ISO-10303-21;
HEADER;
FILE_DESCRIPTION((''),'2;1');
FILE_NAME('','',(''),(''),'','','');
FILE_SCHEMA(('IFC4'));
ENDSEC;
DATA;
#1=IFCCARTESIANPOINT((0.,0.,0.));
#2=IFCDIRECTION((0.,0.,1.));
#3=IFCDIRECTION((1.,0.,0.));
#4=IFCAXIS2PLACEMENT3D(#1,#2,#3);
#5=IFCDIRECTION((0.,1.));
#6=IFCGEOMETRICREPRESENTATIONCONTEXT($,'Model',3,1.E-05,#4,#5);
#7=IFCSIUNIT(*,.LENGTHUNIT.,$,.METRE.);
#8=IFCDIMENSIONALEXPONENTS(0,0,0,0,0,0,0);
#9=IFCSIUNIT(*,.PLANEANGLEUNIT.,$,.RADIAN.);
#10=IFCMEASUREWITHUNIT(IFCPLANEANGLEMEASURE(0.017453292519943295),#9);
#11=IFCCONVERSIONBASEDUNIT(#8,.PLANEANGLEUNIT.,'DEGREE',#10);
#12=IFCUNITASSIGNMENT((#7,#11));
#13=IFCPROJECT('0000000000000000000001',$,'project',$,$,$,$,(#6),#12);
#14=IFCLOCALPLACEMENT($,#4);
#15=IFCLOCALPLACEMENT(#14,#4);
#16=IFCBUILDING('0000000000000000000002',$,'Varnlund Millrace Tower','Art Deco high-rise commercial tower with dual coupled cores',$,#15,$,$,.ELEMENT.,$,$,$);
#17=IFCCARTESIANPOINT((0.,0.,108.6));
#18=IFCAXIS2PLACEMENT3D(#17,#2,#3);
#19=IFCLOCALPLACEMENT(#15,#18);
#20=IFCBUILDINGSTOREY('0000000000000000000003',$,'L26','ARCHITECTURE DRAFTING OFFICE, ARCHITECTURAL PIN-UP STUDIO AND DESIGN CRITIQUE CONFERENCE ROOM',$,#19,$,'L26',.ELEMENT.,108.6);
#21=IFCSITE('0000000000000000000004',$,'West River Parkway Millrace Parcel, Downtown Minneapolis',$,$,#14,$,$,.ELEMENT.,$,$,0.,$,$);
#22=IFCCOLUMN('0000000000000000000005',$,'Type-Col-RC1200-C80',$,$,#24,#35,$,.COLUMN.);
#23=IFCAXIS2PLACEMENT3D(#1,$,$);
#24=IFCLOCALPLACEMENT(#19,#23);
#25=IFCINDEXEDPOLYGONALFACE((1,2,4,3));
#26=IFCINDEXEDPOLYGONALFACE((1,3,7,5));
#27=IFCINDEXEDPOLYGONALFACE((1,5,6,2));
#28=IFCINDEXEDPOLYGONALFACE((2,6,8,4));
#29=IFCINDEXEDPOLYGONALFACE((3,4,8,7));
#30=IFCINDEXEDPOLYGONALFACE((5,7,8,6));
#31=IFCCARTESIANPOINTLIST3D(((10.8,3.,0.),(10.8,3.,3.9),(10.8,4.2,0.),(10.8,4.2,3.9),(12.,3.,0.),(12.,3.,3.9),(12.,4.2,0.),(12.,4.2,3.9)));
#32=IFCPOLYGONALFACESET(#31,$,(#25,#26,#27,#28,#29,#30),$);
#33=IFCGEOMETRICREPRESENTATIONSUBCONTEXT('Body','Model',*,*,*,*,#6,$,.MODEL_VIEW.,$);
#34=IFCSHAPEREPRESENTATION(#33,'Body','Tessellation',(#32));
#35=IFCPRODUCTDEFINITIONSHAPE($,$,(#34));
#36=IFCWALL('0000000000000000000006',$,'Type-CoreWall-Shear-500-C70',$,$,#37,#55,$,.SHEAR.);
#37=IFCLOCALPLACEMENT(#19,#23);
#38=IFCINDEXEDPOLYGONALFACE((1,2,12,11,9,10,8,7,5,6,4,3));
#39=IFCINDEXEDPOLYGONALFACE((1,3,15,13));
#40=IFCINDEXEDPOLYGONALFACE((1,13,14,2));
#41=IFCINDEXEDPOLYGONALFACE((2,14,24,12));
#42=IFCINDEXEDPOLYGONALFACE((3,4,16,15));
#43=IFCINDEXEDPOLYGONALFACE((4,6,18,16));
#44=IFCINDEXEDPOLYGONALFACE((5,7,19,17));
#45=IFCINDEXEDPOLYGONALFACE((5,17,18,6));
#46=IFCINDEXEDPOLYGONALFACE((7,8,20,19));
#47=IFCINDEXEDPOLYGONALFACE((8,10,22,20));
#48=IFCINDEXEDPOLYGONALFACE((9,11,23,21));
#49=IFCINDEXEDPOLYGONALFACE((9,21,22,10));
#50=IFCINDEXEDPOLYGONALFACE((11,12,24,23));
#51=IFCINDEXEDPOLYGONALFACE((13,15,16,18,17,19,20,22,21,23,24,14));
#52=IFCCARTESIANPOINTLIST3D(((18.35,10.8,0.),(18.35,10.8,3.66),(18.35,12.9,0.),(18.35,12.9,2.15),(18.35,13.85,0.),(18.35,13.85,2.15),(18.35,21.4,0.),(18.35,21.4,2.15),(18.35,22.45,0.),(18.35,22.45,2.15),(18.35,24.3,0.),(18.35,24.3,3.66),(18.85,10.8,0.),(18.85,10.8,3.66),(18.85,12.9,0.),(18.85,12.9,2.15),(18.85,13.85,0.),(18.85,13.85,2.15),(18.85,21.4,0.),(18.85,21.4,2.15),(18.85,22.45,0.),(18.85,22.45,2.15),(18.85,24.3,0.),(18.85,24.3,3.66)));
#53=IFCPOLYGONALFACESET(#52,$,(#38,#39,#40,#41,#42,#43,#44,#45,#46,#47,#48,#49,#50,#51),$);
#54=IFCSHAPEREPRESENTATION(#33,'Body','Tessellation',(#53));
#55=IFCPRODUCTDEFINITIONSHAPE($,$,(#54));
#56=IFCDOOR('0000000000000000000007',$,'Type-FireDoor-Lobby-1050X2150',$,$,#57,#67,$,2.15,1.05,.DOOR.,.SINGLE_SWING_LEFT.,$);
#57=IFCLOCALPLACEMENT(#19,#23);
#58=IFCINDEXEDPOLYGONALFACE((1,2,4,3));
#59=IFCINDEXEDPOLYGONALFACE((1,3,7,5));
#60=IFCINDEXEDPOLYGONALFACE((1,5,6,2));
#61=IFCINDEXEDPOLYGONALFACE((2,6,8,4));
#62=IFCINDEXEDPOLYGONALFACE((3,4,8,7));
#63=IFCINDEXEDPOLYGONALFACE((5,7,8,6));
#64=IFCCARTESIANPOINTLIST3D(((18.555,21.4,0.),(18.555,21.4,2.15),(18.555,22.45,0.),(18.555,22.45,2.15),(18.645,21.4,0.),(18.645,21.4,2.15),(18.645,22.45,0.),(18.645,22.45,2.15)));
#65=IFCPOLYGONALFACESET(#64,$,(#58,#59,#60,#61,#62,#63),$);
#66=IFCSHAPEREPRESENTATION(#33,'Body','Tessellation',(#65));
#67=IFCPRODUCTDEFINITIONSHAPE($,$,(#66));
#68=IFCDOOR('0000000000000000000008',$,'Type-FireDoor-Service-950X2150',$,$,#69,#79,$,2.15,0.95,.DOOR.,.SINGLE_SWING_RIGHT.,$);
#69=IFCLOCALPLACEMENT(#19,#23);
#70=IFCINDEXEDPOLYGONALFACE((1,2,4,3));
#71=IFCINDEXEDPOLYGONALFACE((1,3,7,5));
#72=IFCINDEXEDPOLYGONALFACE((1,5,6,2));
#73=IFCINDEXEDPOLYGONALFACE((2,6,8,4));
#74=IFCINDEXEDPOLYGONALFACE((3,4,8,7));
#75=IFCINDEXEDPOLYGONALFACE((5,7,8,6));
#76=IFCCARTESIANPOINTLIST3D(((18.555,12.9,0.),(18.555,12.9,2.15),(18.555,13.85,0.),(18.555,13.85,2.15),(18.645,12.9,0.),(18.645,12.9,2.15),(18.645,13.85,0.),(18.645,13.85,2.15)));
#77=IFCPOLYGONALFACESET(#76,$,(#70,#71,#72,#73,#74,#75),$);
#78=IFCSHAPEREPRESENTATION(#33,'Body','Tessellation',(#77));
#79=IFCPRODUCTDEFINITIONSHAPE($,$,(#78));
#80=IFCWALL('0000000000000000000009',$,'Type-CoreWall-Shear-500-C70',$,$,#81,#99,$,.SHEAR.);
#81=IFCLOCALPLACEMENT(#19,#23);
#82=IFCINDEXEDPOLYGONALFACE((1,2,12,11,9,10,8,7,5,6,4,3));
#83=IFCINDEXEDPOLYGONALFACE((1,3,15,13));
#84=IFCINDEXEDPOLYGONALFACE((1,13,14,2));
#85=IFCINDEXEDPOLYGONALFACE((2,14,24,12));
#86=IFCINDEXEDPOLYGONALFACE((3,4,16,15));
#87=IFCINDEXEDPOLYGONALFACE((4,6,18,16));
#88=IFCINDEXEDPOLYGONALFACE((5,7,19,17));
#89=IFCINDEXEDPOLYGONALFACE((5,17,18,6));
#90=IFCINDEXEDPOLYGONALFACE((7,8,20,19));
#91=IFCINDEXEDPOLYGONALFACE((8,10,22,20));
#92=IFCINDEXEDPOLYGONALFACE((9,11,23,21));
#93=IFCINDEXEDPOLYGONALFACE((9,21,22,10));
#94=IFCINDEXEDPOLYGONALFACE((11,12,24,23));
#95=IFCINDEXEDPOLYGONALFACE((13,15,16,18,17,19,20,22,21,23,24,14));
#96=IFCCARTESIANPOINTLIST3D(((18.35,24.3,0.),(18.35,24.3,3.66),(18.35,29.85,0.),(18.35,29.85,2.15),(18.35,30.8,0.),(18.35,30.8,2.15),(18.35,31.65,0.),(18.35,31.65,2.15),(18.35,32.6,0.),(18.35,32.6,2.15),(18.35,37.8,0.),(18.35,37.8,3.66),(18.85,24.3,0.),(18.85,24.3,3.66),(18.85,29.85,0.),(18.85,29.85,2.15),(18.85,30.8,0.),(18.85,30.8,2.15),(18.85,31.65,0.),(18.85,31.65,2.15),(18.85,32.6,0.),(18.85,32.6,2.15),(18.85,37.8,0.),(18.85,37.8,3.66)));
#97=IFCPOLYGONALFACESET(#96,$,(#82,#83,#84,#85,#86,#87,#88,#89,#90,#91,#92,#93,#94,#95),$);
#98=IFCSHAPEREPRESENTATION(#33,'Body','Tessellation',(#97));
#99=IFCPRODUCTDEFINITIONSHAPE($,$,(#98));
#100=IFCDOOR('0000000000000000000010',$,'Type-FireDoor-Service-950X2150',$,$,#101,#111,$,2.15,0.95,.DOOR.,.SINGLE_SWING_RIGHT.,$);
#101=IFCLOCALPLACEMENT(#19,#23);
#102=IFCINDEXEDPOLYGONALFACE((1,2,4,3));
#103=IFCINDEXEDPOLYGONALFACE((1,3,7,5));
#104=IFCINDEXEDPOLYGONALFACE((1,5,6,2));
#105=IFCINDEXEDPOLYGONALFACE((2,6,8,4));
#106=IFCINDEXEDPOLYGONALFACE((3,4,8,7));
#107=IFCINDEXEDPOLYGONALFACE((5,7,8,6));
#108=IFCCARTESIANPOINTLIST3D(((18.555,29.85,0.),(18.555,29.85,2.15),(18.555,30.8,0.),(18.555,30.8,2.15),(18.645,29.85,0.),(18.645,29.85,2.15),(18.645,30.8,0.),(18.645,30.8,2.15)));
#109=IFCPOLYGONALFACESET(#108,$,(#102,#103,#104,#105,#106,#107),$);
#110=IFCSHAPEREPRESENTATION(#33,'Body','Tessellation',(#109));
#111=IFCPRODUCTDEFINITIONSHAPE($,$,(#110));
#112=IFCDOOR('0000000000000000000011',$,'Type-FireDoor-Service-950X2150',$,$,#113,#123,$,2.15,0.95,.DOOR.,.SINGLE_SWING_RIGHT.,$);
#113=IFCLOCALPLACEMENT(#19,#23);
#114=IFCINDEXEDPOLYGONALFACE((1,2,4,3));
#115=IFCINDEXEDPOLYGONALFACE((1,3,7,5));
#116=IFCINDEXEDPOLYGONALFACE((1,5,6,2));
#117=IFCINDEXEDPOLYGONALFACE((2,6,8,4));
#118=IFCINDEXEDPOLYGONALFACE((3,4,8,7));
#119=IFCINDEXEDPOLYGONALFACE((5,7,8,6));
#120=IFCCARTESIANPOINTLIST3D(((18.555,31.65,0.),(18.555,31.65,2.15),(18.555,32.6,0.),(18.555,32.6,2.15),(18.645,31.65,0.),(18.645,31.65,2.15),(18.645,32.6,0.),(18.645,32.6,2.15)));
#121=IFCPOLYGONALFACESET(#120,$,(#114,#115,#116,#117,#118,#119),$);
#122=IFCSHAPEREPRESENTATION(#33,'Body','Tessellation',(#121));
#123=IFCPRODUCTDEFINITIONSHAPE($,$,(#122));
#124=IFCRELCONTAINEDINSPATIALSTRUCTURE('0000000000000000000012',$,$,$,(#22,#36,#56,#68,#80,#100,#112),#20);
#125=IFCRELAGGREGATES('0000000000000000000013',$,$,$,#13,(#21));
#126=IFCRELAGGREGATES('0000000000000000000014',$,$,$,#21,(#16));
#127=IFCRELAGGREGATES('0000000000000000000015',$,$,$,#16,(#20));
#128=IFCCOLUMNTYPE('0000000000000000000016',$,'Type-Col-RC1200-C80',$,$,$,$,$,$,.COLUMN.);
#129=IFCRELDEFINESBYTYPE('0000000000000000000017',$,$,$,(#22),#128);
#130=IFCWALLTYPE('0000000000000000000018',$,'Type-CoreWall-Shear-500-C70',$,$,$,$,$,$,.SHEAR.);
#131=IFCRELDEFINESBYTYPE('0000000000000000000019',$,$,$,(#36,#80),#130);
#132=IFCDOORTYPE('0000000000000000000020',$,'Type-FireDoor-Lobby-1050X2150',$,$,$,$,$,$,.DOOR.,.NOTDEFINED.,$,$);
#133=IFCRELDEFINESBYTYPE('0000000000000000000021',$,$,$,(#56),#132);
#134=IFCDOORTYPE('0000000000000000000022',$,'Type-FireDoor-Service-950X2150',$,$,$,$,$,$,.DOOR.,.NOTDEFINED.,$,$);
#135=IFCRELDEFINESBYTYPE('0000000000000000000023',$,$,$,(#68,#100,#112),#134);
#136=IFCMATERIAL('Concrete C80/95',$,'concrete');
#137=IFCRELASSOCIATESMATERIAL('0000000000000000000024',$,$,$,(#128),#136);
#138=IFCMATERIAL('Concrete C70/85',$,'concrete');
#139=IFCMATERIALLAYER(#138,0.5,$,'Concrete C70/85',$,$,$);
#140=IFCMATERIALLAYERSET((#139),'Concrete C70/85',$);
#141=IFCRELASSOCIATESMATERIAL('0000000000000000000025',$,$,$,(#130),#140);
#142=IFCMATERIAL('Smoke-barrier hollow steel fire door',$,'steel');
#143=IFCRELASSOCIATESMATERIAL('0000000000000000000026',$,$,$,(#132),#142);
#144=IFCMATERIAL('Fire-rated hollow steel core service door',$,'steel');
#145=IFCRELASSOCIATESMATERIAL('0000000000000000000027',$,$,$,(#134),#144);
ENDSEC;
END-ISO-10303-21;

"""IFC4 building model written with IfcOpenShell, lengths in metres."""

from ifc_helpers import new_model, entity, si_unit, converted_unit, direction, frame, origin_with_axes, origin_2d_with_axis, place, context, subcontext, project, spatial, polyline, rectangle, outline, extrude, material, layer, layer_set, material_profile, profile_set, type_object, element, fill, save


model = new_model("IFC4")

# Units and contexts
model_context = context("Model", 3, precision=1e-05, world=origin_with_axes(), true_north=direction((0.0, 1.0)))
body_context = subcontext(model_context, "Body", "Model", "MODEL_VIEW")
ifc_project = project(units=[si_unit("LENGTHUNIT", "METRE"), converted_unit("PLANEANGLEUNIT", "DEGREE", entity("IfcPlaneAngleMeasure", 0.017453292519943295), si_unit("PLANEANGLEUNIT", "RADIAN"), dimensions=[0, 0, 0, 0, 0, 0, 0])], contexts=[model_context])

# Site, building, storey
site_placement = place(None, origin_with_axes())
site = spatial("IfcSite", under=ifc_project, at=site_placement, Name="West River Parkway Millrace Parcel, Downtown Minneapolis", CompositionType="ELEMENT", RefElevation=0.0)
building_placement = place(site_placement, origin_with_axes())
building = spatial("IfcBuilding", under=site, at=building_placement, Name="Varnlund Millrace Tower", Description="Art Deco high-rise commercial tower with dual coupled cores", CompositionType="ELEMENT")
storey_placement = place(building_placement, frame((0.0, 0.0, 108.6), z_axis=(0.0, 0.0, 1.0), x_axis=(1.0, 0.0, 0.0)))
storey = spatial("IfcBuildingStorey", under=building, at=storey_placement, Name="L26", Description="ARCHITECTURE DRAFTING OFFICE, ARCHITECTURAL PIN-UP STUDIO AND DESIGN CRITIQUE CONFERENCE ROOM", LongName="L26", CompositionType="ELEMENT", Elevation=108.6)

# Column
ifc_material_1 = material(Name="Concrete C80/95", Category="concrete")
ifc_material_profile = material_profile(ifc_material_1, rectangle(XDim=1.2, YDim=1.2, at=origin_2d_with_axis()), Name="Concrete C80/95")
ifc_profile_set = profile_set([ifc_material_profile], Name="Concrete C80/95")
column_type = type_object("IfcColumnType", Name="Type-Col-RC1200-C80", PredefinedType="COLUMN", material=ifc_profile_set)
column_placement = place(storey_placement, frame((11.4, 3.6, 0.0), z_axis=(0.0, 0.0, 1.0), x_axis=(1.0, 0.0, 0.0)))
element("IfcColumn", 1, at=column_placement, inside=storey, type_object=column_type, Name="Type-Col-RC1200-C80", PredefinedType="COLUMN", context=body_context, shape_type="SweptSolid", body=[
    extrude(rectangle(XDim=1.2, YDim=1.2, at=origin_2d_with_axis()), origin_with_axes(), (0.0, 0.0, 1.0), 3.9),
])

# Walls, openings, doors
ifc_material_2 = material(Name="Concrete C70/85", Category="concrete")
ifc_layer_1 = layer(ifc_material_2, 0.5, Name="Concrete C70/85")
ifc_layer_set_1 = layer_set([ifc_layer_1], Name="Concrete C70/85")
wall_type_1 = type_object("IfcWallType", Name="Type-CoreWall-Shear-500-C70", PredefinedType="SHEAR", material=ifc_layer_set_1)
wall_1_placement = place(storey_placement, frame((18.6, 10.8, 0.0), z_axis=(0.0, 0.0, 1.0), x_axis=(0.0, 1.0, 0.0)))
wall_1 = element("IfcWall", 2, at=wall_1_placement, inside=storey, type_object=wall_type_1, Name="Type-CoreWall-Shear-500-C70", PredefinedType="SHEAR", context=body_context, shape_type="SweptSolid", body=[
    extrude(outline(polyline([(0.0, -0.25), (13.5, -0.25), (13.5, 0.25), (0.0, 0.25), (0.0, -0.25)])), origin_with_axes(), (0.0, 0.0, 1.0), 3.66),
])
opening_1_placement = place(wall_1_placement, frame((11.125, 0.0, 0.0), z_axis=(0.0, 0.0, 1.0), x_axis=(1.0, 0.0, 0.0)))
opening_1 = element("IfcOpeningElement", 3, at=opening_1_placement, cuts=wall_1, PredefinedType="OPENING", context=body_context, shape_type="SweptSolid", body=[
    extrude(rectangle(XDim=1.05, YDim=0.52, at=origin_2d_with_axis()), origin_with_axes(), (0.0, 0.0, 1.0), 2.15),
])
opening_2_placement = place(wall_1_placement, frame((2.575, 0.0, 0.0), z_axis=(0.0, 0.0, 1.0), x_axis=(1.0, 0.0, 0.0)))
opening_2 = element("IfcOpeningElement", 4, at=opening_2_placement, cuts=wall_1, PredefinedType="OPENING", context=body_context, shape_type="SweptSolid", body=[
    extrude(rectangle(XDim=0.95, YDim=0.52, at=origin_2d_with_axis()), origin_with_axes(), (0.0, 0.0, 1.0), 2.15),
])
ifc_material_3 = material(Name="Smoke-barrier hollow steel fire door", Category="steel")
door_type_1 = type_object("IfcDoorType", Name="Type-FireDoor-Lobby-1050X2150", OperationType="NOTDEFINED", PredefinedType="DOOR", material=ifc_material_3)
door_1_placement = place(wall_1_placement, frame((11.125, 0.0, 0.0), z_axis=(0.0, 0.0, 1.0), x_axis=(1.0, 0.0, 0.0)))
door_1 = element("IfcDoor", 5, at=door_1_placement, inside=storey, type_object=door_type_1, Name="Type-FireDoor-Lobby-1050X2150", OperationType="SINGLE_SWING_LEFT", OverallHeight=2.15, OverallWidth=1.05, PredefinedType="DOOR", context=body_context, shape_type="SweptSolid", body=[
    extrude(rectangle(XDim=1.05, YDim=0.09, at=origin_2d_with_axis()), origin_with_axes(), (0.0, 0.0, 1.0), 2.15),
])
fill(opening_1, door_1)
ifc_material_4 = material(Name="Fire-rated hollow steel core service door", Category="steel")
door_type_2 = type_object("IfcDoorType", Name="Type-FireDoor-Service-950X2150", OperationType="NOTDEFINED", PredefinedType="DOOR", material=ifc_material_4)
door_2_placement = place(wall_1_placement, frame((2.575, 0.0, 0.0), z_axis=(0.0, 0.0, 1.0), x_axis=(1.0, 0.0, 0.0)))
door_2 = element("IfcDoor", 6, at=door_2_placement, inside=storey, type_object=door_type_2, Name="Type-FireDoor-Service-950X2150", OperationType="SINGLE_SWING_RIGHT", OverallHeight=2.15, OverallWidth=0.95, PredefinedType="DOOR", context=body_context, shape_type="SweptSolid", body=[
    extrude(rectangle(XDim=0.95, YDim=0.09, at=origin_2d_with_axis()), origin_with_axes(), (0.0, 0.0, 1.0), 2.15),
])
fill(opening_2, door_2)
wall_2_placement = place(storey_placement, frame((18.6, 24.3, 0.0), z_axis=(0.0, 0.0, 1.0), x_axis=(0.0, 1.0, 0.0)))
wall_2 = element("IfcWall", 7, at=wall_2_placement, inside=storey, type_object=wall_type_1, Name="Type-CoreWall-Shear-500-C70", PredefinedType="SHEAR", context=body_context, shape_type="SweptSolid", body=[
    extrude(outline(polyline([(0.0, -0.25), (13.5, -0.25), (13.5, 0.25), (0.0, 0.25), (0.0, -0.25)])), origin_with_axes(), (0.0, 0.0, 1.0), 3.66),
])
opening_3_placement = place(wall_2_placement, frame((6.025, 0.0, 0.0), z_axis=(0.0, 0.0, 1.0), x_axis=(1.0, 0.0, 0.0)))
opening_3 = element("IfcOpeningElement", 8, at=opening_3_placement, cuts=wall_2, PredefinedType="OPENING", context=body_context, shape_type="SweptSolid", body=[
    extrude(rectangle(XDim=0.95, YDim=0.52, at=origin_2d_with_axis()), origin_with_axes(), (0.0, 0.0, 1.0), 2.15),
])
opening_4_placement = place(wall_2_placement, frame((7.825, 0.0, 0.0), z_axis=(0.0, 0.0, 1.0), x_axis=(1.0, 0.0, 0.0)))
opening_4 = element("IfcOpeningElement", 9, at=opening_4_placement, cuts=wall_2, PredefinedType="OPENING", context=body_context, shape_type="SweptSolid", body=[
    extrude(rectangle(XDim=0.95, YDim=0.52, at=origin_2d_with_axis()), origin_with_axes(), (0.0, 0.0, 1.0), 2.15),
])
door_3_placement = place(wall_2_placement, frame((6.025, 0.0, 0.0), z_axis=(0.0, 0.0, 1.0), x_axis=(1.0, 0.0, 0.0)))
door_3 = element("IfcDoor", 10, at=door_3_placement, inside=storey, type_object=door_type_2, Name="Type-FireDoor-Service-950X2150", OperationType="SINGLE_SWING_RIGHT", OverallHeight=2.15, OverallWidth=0.95, PredefinedType="DOOR", context=body_context, shape_type="SweptSolid", body=[
    extrude(rectangle(XDim=0.95, YDim=0.09, at=origin_2d_with_axis()), origin_with_axes(), (0.0, 0.0, 1.0), 2.15),
])
fill(opening_3, door_3)
door_4_placement = place(wall_2_placement, frame((7.825, 0.0, 0.0), z_axis=(0.0, 0.0, 1.0), x_axis=(1.0, 0.0, 0.0)))
door_4 = element("IfcDoor", 11, at=door_4_placement, inside=storey, type_object=door_type_2, Name="Type-FireDoor-Service-950X2150", OperationType="SINGLE_SWING_RIGHT", OverallHeight=2.15, OverallWidth=0.95, PredefinedType="DOOR", context=body_context, shape_type="SweptSolid", body=[
    extrude(rectangle(XDim=0.95, YDim=0.09, at=origin_2d_with_axis()), origin_with_axes(), (0.0, 0.0, 1.0), 2.15),
])
fill(opening_4, door_4)

save(model, "model.ifc")
